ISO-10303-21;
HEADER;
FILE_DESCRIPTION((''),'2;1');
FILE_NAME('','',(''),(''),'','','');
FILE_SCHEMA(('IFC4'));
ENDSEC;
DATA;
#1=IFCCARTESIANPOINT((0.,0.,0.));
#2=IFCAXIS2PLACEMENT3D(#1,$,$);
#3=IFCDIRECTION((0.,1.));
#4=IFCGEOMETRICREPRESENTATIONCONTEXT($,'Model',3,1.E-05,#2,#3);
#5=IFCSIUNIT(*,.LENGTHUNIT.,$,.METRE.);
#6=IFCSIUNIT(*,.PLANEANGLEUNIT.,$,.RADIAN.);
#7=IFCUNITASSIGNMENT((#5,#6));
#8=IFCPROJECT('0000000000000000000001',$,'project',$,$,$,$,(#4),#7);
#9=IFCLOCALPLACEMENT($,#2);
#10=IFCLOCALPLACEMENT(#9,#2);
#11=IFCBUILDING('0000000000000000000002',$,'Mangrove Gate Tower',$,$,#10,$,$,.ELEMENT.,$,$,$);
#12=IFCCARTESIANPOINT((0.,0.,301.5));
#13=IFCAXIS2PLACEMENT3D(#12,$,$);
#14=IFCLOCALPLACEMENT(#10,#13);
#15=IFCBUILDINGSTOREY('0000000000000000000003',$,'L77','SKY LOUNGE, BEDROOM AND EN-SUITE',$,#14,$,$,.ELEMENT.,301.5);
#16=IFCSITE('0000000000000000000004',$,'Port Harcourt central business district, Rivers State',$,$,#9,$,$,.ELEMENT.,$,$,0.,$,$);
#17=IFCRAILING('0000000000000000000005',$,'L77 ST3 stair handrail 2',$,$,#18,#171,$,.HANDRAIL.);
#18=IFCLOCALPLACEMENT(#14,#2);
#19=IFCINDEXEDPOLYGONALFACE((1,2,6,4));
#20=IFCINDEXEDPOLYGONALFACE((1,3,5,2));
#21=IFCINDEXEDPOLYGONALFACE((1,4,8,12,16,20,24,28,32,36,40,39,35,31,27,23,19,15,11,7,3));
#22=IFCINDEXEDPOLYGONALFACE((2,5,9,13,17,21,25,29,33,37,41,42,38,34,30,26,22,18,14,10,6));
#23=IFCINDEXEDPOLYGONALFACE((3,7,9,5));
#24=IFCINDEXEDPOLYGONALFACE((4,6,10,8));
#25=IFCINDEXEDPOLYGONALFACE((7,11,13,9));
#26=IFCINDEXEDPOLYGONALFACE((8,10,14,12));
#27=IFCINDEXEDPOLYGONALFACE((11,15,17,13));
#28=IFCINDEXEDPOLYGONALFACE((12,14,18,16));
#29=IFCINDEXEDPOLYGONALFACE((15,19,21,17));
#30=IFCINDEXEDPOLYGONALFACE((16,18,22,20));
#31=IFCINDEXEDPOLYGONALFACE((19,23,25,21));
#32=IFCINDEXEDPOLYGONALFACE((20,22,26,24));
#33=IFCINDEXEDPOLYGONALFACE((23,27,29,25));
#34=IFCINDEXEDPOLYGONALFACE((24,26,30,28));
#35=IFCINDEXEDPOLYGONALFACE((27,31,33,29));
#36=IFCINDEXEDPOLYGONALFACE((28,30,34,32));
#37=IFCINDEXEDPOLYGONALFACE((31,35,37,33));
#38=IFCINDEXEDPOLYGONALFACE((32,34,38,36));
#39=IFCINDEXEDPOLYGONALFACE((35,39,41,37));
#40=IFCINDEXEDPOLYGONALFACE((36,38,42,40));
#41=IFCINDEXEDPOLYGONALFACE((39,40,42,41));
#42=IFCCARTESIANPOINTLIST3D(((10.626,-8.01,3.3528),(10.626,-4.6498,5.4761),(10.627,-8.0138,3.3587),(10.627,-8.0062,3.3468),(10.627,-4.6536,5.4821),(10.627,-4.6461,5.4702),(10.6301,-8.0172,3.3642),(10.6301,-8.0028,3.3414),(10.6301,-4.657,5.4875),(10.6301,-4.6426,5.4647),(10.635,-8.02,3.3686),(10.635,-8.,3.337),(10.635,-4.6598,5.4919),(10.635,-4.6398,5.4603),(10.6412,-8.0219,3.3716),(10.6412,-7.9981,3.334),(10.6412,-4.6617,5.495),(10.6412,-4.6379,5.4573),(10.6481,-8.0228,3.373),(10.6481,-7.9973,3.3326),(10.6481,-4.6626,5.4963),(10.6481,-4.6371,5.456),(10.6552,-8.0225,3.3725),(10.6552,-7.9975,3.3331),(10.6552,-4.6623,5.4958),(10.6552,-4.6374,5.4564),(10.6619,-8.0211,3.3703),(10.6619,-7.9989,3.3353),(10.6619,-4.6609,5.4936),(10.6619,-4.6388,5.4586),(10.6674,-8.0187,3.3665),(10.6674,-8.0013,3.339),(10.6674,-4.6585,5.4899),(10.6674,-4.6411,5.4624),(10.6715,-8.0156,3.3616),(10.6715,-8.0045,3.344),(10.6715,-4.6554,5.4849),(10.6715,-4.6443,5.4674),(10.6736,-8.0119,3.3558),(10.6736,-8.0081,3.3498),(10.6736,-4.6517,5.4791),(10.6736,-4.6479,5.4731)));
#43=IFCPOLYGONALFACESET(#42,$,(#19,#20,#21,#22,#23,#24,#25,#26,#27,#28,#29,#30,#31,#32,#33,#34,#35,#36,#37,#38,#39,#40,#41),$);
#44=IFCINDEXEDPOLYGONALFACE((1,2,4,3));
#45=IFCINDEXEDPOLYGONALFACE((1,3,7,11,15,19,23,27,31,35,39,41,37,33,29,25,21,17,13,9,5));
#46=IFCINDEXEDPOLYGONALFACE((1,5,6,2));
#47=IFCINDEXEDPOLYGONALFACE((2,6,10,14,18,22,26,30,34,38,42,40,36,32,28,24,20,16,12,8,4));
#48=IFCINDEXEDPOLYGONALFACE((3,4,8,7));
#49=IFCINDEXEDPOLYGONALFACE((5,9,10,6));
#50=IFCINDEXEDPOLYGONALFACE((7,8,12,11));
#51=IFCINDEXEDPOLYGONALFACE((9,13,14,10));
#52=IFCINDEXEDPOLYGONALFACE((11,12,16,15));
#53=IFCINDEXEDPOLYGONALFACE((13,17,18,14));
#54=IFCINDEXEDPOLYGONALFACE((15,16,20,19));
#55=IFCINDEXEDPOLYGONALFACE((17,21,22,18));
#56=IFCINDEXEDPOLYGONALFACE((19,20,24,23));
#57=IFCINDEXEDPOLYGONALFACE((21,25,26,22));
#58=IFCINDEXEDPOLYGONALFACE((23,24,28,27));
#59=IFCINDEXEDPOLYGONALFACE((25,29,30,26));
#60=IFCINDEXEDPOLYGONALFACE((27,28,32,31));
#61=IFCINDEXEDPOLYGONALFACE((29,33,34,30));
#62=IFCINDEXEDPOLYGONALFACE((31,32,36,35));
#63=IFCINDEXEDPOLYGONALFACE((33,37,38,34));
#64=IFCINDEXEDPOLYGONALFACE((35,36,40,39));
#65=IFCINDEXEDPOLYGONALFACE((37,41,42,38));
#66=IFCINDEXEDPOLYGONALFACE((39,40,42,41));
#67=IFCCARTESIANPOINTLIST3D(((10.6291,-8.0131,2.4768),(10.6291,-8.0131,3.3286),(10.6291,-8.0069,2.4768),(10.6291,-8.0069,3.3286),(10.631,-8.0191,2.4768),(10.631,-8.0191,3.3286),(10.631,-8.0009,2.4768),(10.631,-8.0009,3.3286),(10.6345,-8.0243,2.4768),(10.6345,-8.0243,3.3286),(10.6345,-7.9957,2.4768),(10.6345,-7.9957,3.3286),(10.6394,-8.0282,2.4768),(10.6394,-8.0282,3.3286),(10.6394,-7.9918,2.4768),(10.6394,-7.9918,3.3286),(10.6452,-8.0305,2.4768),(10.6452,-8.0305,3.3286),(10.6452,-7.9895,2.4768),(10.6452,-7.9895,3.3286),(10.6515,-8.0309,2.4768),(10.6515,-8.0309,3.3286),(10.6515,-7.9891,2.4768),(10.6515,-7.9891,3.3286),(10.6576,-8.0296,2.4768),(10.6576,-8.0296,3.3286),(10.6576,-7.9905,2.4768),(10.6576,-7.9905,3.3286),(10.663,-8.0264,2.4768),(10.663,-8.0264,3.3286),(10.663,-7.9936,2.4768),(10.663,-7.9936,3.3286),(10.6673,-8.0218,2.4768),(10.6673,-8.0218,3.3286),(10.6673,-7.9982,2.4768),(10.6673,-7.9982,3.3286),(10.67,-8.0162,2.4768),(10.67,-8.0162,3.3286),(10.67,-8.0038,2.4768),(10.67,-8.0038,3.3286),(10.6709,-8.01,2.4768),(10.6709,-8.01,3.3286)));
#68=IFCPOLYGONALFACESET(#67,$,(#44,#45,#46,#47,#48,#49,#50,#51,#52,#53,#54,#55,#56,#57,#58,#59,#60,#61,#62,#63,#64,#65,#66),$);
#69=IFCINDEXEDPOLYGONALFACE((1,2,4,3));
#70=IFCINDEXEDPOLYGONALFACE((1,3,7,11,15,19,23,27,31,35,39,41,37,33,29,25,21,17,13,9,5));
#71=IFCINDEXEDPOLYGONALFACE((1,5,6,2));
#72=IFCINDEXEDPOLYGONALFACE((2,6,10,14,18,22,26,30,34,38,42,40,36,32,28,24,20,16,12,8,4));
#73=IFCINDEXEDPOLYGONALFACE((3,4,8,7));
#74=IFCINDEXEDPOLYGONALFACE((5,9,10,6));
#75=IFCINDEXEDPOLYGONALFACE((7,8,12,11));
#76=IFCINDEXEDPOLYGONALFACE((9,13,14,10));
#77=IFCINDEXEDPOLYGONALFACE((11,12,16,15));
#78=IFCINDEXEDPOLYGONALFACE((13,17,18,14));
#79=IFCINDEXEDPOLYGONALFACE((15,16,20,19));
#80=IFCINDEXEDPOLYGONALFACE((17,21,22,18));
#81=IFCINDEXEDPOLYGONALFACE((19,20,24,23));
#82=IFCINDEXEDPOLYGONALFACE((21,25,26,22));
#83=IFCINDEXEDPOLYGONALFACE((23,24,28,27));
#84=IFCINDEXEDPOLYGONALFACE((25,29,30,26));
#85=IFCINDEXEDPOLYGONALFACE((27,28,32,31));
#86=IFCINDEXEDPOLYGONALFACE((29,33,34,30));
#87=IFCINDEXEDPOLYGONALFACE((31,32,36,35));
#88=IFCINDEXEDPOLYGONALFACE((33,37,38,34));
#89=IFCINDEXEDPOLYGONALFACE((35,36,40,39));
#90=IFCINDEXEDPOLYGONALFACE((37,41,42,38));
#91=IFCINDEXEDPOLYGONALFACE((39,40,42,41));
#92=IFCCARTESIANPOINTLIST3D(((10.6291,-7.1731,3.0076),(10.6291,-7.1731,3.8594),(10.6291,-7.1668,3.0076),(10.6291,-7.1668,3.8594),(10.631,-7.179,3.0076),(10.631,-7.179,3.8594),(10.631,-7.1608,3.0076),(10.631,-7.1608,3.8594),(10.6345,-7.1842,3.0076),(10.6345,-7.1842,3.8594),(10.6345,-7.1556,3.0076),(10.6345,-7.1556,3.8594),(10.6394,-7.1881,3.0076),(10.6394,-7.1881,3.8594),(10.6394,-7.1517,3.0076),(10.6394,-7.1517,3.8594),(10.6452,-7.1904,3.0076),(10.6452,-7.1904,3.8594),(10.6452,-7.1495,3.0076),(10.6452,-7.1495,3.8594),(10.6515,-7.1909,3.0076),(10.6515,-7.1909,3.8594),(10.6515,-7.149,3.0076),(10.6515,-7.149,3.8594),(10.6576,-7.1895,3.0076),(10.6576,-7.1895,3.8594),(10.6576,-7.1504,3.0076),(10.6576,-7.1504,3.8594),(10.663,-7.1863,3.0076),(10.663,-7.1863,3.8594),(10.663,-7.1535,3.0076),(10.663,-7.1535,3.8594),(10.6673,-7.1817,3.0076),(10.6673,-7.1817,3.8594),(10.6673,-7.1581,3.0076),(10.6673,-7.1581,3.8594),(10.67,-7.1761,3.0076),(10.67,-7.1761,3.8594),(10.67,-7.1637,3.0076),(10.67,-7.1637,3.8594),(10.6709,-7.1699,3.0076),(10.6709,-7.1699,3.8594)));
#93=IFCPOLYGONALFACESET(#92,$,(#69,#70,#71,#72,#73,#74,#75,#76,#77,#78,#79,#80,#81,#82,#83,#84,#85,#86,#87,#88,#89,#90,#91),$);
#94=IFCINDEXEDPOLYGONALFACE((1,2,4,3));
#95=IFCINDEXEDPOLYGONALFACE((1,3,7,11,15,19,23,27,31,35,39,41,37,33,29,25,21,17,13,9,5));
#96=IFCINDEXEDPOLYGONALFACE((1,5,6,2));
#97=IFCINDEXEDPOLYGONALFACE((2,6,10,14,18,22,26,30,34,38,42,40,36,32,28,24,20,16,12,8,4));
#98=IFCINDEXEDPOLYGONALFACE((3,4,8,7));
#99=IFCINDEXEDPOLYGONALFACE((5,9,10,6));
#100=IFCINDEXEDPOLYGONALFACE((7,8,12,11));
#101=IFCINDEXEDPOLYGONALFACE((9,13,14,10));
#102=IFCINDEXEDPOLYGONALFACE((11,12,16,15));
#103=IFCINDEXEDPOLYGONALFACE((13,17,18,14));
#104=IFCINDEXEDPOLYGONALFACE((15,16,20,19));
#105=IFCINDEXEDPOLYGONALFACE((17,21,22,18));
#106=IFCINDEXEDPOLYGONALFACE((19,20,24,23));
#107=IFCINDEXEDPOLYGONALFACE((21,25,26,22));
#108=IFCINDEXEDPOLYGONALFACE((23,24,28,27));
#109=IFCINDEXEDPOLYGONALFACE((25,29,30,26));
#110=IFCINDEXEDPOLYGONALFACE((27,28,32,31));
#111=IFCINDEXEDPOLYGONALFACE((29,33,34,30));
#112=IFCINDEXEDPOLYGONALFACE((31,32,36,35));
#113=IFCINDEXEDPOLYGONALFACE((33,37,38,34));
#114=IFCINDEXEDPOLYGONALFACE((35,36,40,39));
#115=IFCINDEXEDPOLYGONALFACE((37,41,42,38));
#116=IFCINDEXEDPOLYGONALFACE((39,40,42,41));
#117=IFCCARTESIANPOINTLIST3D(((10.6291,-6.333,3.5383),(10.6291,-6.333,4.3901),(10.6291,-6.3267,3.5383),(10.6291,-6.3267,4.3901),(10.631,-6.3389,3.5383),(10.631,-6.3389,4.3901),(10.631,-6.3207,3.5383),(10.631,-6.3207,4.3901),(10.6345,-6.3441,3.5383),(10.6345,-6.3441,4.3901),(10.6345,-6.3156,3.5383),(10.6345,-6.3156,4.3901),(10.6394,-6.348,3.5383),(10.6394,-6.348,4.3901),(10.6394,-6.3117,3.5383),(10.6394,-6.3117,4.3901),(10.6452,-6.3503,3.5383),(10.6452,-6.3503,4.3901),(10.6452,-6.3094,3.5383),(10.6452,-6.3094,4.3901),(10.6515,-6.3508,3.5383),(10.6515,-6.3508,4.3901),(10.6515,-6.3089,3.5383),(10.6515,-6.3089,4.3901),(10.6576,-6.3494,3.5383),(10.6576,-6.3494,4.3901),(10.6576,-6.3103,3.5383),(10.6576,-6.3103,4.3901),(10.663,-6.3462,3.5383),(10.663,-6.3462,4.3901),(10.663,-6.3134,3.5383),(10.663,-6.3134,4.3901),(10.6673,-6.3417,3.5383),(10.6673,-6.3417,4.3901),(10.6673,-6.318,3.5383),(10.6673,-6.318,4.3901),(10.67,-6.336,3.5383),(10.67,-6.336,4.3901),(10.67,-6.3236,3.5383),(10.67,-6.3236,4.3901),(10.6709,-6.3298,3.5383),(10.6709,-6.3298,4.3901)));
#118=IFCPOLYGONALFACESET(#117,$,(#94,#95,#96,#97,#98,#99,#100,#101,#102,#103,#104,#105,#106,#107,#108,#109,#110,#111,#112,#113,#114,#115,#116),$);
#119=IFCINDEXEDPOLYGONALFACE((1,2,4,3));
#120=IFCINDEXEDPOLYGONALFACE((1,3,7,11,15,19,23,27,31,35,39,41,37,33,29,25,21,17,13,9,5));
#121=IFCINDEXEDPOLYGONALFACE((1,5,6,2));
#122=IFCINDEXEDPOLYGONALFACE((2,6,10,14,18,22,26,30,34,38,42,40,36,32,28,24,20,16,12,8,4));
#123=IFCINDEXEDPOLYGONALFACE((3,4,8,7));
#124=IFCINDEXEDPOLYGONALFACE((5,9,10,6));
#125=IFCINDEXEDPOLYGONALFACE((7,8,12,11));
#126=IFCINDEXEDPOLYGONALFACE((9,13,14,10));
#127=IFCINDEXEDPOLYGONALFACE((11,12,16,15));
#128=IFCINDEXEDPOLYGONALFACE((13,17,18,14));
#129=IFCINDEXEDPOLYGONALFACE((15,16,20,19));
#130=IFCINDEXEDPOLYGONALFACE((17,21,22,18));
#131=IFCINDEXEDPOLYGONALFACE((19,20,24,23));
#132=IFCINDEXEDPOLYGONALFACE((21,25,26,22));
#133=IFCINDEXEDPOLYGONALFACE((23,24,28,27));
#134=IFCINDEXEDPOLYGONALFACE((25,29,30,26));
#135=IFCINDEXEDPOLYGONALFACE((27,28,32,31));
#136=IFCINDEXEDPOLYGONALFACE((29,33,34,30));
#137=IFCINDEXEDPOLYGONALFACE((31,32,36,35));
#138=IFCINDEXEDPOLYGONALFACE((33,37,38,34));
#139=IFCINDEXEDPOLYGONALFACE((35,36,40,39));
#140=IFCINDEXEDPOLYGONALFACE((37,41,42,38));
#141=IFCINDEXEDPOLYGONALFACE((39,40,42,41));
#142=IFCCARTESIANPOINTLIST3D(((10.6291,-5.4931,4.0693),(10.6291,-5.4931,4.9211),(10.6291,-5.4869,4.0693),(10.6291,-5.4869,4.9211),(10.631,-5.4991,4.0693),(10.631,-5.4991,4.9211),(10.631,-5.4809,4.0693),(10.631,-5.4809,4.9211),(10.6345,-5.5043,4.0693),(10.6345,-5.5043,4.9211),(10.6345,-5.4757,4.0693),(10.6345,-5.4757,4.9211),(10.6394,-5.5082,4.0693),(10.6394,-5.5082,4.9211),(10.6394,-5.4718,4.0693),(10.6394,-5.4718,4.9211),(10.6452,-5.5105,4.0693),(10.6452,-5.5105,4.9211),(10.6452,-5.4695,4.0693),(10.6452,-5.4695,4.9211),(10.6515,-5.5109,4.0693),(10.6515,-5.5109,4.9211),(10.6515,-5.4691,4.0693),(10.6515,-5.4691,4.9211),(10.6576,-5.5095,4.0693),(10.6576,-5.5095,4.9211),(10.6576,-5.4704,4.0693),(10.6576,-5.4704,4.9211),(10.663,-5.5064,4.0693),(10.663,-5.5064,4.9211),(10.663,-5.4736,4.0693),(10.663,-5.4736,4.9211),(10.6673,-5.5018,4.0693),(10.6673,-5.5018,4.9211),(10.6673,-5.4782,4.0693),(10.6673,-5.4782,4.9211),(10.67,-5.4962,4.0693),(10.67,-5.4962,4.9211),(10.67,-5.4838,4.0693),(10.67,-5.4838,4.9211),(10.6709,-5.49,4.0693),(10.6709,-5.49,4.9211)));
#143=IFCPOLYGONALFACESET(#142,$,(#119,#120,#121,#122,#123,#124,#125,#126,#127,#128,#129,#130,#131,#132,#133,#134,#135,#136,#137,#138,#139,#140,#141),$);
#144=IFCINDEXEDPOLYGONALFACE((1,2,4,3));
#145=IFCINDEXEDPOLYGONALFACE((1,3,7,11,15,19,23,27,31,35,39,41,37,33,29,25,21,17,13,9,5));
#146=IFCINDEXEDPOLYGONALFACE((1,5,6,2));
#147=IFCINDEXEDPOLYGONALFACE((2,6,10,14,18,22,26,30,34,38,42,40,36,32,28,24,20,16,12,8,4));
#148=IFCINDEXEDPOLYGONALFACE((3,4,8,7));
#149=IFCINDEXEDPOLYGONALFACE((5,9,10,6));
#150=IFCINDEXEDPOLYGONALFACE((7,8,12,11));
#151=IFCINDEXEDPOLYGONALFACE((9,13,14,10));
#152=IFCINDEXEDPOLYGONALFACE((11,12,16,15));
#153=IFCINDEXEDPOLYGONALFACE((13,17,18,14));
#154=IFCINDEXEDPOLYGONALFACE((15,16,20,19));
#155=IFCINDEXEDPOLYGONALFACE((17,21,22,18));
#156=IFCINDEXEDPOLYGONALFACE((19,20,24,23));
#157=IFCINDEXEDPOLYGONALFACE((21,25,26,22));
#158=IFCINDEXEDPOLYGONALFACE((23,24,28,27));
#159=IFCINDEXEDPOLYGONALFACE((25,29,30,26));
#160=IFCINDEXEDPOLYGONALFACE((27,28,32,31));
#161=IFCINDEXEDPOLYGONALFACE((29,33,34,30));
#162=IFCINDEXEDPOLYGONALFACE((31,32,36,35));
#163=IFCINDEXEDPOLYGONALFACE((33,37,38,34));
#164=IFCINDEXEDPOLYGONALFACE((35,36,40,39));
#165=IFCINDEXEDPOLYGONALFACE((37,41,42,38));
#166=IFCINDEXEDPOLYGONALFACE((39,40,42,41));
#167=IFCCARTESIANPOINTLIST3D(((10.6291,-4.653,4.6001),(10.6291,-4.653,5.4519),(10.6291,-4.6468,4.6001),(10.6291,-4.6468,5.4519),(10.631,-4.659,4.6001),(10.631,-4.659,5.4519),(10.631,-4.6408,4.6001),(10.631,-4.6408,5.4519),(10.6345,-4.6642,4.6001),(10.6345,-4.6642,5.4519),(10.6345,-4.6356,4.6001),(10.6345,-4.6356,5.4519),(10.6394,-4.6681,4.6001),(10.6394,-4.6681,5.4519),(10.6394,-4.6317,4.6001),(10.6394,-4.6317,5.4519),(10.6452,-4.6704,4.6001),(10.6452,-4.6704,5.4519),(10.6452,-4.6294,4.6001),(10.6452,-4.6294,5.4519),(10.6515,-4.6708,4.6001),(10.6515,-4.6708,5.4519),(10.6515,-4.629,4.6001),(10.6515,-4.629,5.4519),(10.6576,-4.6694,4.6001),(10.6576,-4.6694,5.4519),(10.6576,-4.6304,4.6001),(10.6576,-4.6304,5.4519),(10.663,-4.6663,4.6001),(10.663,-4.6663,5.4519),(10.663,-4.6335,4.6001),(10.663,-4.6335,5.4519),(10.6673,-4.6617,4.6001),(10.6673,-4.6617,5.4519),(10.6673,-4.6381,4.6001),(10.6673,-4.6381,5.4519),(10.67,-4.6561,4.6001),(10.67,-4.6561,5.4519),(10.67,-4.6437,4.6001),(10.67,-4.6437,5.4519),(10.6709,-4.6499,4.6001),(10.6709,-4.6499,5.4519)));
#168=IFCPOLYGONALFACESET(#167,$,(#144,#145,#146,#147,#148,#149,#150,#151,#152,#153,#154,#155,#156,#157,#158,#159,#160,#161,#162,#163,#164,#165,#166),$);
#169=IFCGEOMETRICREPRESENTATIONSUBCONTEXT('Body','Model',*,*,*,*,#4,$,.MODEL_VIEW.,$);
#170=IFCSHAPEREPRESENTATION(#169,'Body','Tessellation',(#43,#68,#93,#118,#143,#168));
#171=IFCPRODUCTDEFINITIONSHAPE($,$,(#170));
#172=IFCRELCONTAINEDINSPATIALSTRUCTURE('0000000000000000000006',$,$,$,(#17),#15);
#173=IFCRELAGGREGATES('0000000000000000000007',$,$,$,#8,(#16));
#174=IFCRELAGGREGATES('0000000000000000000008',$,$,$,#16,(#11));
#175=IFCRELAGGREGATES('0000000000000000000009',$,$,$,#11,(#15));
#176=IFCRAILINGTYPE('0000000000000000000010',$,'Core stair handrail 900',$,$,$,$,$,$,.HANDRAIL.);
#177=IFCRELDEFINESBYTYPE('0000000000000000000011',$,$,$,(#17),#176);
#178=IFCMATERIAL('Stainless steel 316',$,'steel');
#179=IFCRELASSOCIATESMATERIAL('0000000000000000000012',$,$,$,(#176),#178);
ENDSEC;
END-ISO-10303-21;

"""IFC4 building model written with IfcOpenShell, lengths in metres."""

from ifc_helpers import new_model, si_unit, direction, frame, origin, origin_2d, place, context, subcontext, project, spatial, circle, extrude, material, type_object, element, save


model = new_model("IFC4")

# Units and contexts
model_context = context("Model", 3, precision=1e-05, world=origin(), true_north=direction((0.0, 1.0)))
body_context = subcontext(model_context, "Body", "Model", "MODEL_VIEW")
ifc_project = project(units=[si_unit("LENGTHUNIT", "METRE"), si_unit("PLANEANGLEUNIT", "RADIAN")], contexts=[model_context])

# Site, building, storey
site_placement = place(None, origin())
site = spatial("IfcSite", under=ifc_project, at=site_placement, Name="Port Harcourt central business district, Rivers State", CompositionType="ELEMENT", RefElevation=0.0)
building_placement = place(site_placement, origin())
building = spatial("IfcBuilding", under=site, at=building_placement, Name="Mangrove Gate Tower", CompositionType="ELEMENT")
storey_placement = place(building_placement, frame((0.0, 0.0, 301.5)))
storey = spatial("IfcBuildingStorey", under=building, at=storey_placement, Name="L77", Description="SKY LOUNGE, BEDROOM AND EN-SUITE", CompositionType="ELEMENT", Elevation=301.5)

# Railing
ifc_material_1 = material(Name="Stainless steel 316", Category="steel")
railing_type_1 = type_object("IfcRailingType", Name="Core stair handrail 900", PredefinedType="HANDRAIL", material=ifc_material_1)
railing_1_placement = place(storey_placement, frame((10.6499, -8.01, 2.4768)))
element("IfcRailing", 1, at=railing_1_placement, inside=storey, type_object=railing_type_1, Name="L77 ST3 stair handrail 2", PredefinedType="HANDRAIL", context=body_context, shape_type="SweptSolid", body=[
    extrude(circle(Radius=0.0239, at=origin_2d()), frame((0.0, 0.0, 0.876), z_axis=(0.0, 0.845362, 0.534194), x_axis=(-1.0, 0.0, 0.0)), (0.0, 0.0, 1.0), 3.9749),
    extrude(circle(Radius=0.021, at=origin_2d()), origin(), (0.0, 0.0, 1.0), 0.8518),
    extrude(circle(Radius=0.021, at=origin_2d()), frame((0.0, 0.8401, 0.5308)), (0.0, 0.0, 1.0), 0.8518),
    extrude(circle(Radius=0.021, at=origin_2d()), frame((0.0, 1.6802, 1.0615)), (0.0, 0.0, 1.0), 0.8518),
    extrude(circle(Radius=0.021, at=origin_2d()), frame((0.0, 2.52, 1.5925)), (0.0, 0.0, 1.0), 0.8518),
    extrude(circle(Radius=0.021, at=origin_2d()), frame((0.0, 3.3601, 2.1233)), (0.0, 0.0, 1.0), 0.8518),
])

save(model, "model.ifc")
